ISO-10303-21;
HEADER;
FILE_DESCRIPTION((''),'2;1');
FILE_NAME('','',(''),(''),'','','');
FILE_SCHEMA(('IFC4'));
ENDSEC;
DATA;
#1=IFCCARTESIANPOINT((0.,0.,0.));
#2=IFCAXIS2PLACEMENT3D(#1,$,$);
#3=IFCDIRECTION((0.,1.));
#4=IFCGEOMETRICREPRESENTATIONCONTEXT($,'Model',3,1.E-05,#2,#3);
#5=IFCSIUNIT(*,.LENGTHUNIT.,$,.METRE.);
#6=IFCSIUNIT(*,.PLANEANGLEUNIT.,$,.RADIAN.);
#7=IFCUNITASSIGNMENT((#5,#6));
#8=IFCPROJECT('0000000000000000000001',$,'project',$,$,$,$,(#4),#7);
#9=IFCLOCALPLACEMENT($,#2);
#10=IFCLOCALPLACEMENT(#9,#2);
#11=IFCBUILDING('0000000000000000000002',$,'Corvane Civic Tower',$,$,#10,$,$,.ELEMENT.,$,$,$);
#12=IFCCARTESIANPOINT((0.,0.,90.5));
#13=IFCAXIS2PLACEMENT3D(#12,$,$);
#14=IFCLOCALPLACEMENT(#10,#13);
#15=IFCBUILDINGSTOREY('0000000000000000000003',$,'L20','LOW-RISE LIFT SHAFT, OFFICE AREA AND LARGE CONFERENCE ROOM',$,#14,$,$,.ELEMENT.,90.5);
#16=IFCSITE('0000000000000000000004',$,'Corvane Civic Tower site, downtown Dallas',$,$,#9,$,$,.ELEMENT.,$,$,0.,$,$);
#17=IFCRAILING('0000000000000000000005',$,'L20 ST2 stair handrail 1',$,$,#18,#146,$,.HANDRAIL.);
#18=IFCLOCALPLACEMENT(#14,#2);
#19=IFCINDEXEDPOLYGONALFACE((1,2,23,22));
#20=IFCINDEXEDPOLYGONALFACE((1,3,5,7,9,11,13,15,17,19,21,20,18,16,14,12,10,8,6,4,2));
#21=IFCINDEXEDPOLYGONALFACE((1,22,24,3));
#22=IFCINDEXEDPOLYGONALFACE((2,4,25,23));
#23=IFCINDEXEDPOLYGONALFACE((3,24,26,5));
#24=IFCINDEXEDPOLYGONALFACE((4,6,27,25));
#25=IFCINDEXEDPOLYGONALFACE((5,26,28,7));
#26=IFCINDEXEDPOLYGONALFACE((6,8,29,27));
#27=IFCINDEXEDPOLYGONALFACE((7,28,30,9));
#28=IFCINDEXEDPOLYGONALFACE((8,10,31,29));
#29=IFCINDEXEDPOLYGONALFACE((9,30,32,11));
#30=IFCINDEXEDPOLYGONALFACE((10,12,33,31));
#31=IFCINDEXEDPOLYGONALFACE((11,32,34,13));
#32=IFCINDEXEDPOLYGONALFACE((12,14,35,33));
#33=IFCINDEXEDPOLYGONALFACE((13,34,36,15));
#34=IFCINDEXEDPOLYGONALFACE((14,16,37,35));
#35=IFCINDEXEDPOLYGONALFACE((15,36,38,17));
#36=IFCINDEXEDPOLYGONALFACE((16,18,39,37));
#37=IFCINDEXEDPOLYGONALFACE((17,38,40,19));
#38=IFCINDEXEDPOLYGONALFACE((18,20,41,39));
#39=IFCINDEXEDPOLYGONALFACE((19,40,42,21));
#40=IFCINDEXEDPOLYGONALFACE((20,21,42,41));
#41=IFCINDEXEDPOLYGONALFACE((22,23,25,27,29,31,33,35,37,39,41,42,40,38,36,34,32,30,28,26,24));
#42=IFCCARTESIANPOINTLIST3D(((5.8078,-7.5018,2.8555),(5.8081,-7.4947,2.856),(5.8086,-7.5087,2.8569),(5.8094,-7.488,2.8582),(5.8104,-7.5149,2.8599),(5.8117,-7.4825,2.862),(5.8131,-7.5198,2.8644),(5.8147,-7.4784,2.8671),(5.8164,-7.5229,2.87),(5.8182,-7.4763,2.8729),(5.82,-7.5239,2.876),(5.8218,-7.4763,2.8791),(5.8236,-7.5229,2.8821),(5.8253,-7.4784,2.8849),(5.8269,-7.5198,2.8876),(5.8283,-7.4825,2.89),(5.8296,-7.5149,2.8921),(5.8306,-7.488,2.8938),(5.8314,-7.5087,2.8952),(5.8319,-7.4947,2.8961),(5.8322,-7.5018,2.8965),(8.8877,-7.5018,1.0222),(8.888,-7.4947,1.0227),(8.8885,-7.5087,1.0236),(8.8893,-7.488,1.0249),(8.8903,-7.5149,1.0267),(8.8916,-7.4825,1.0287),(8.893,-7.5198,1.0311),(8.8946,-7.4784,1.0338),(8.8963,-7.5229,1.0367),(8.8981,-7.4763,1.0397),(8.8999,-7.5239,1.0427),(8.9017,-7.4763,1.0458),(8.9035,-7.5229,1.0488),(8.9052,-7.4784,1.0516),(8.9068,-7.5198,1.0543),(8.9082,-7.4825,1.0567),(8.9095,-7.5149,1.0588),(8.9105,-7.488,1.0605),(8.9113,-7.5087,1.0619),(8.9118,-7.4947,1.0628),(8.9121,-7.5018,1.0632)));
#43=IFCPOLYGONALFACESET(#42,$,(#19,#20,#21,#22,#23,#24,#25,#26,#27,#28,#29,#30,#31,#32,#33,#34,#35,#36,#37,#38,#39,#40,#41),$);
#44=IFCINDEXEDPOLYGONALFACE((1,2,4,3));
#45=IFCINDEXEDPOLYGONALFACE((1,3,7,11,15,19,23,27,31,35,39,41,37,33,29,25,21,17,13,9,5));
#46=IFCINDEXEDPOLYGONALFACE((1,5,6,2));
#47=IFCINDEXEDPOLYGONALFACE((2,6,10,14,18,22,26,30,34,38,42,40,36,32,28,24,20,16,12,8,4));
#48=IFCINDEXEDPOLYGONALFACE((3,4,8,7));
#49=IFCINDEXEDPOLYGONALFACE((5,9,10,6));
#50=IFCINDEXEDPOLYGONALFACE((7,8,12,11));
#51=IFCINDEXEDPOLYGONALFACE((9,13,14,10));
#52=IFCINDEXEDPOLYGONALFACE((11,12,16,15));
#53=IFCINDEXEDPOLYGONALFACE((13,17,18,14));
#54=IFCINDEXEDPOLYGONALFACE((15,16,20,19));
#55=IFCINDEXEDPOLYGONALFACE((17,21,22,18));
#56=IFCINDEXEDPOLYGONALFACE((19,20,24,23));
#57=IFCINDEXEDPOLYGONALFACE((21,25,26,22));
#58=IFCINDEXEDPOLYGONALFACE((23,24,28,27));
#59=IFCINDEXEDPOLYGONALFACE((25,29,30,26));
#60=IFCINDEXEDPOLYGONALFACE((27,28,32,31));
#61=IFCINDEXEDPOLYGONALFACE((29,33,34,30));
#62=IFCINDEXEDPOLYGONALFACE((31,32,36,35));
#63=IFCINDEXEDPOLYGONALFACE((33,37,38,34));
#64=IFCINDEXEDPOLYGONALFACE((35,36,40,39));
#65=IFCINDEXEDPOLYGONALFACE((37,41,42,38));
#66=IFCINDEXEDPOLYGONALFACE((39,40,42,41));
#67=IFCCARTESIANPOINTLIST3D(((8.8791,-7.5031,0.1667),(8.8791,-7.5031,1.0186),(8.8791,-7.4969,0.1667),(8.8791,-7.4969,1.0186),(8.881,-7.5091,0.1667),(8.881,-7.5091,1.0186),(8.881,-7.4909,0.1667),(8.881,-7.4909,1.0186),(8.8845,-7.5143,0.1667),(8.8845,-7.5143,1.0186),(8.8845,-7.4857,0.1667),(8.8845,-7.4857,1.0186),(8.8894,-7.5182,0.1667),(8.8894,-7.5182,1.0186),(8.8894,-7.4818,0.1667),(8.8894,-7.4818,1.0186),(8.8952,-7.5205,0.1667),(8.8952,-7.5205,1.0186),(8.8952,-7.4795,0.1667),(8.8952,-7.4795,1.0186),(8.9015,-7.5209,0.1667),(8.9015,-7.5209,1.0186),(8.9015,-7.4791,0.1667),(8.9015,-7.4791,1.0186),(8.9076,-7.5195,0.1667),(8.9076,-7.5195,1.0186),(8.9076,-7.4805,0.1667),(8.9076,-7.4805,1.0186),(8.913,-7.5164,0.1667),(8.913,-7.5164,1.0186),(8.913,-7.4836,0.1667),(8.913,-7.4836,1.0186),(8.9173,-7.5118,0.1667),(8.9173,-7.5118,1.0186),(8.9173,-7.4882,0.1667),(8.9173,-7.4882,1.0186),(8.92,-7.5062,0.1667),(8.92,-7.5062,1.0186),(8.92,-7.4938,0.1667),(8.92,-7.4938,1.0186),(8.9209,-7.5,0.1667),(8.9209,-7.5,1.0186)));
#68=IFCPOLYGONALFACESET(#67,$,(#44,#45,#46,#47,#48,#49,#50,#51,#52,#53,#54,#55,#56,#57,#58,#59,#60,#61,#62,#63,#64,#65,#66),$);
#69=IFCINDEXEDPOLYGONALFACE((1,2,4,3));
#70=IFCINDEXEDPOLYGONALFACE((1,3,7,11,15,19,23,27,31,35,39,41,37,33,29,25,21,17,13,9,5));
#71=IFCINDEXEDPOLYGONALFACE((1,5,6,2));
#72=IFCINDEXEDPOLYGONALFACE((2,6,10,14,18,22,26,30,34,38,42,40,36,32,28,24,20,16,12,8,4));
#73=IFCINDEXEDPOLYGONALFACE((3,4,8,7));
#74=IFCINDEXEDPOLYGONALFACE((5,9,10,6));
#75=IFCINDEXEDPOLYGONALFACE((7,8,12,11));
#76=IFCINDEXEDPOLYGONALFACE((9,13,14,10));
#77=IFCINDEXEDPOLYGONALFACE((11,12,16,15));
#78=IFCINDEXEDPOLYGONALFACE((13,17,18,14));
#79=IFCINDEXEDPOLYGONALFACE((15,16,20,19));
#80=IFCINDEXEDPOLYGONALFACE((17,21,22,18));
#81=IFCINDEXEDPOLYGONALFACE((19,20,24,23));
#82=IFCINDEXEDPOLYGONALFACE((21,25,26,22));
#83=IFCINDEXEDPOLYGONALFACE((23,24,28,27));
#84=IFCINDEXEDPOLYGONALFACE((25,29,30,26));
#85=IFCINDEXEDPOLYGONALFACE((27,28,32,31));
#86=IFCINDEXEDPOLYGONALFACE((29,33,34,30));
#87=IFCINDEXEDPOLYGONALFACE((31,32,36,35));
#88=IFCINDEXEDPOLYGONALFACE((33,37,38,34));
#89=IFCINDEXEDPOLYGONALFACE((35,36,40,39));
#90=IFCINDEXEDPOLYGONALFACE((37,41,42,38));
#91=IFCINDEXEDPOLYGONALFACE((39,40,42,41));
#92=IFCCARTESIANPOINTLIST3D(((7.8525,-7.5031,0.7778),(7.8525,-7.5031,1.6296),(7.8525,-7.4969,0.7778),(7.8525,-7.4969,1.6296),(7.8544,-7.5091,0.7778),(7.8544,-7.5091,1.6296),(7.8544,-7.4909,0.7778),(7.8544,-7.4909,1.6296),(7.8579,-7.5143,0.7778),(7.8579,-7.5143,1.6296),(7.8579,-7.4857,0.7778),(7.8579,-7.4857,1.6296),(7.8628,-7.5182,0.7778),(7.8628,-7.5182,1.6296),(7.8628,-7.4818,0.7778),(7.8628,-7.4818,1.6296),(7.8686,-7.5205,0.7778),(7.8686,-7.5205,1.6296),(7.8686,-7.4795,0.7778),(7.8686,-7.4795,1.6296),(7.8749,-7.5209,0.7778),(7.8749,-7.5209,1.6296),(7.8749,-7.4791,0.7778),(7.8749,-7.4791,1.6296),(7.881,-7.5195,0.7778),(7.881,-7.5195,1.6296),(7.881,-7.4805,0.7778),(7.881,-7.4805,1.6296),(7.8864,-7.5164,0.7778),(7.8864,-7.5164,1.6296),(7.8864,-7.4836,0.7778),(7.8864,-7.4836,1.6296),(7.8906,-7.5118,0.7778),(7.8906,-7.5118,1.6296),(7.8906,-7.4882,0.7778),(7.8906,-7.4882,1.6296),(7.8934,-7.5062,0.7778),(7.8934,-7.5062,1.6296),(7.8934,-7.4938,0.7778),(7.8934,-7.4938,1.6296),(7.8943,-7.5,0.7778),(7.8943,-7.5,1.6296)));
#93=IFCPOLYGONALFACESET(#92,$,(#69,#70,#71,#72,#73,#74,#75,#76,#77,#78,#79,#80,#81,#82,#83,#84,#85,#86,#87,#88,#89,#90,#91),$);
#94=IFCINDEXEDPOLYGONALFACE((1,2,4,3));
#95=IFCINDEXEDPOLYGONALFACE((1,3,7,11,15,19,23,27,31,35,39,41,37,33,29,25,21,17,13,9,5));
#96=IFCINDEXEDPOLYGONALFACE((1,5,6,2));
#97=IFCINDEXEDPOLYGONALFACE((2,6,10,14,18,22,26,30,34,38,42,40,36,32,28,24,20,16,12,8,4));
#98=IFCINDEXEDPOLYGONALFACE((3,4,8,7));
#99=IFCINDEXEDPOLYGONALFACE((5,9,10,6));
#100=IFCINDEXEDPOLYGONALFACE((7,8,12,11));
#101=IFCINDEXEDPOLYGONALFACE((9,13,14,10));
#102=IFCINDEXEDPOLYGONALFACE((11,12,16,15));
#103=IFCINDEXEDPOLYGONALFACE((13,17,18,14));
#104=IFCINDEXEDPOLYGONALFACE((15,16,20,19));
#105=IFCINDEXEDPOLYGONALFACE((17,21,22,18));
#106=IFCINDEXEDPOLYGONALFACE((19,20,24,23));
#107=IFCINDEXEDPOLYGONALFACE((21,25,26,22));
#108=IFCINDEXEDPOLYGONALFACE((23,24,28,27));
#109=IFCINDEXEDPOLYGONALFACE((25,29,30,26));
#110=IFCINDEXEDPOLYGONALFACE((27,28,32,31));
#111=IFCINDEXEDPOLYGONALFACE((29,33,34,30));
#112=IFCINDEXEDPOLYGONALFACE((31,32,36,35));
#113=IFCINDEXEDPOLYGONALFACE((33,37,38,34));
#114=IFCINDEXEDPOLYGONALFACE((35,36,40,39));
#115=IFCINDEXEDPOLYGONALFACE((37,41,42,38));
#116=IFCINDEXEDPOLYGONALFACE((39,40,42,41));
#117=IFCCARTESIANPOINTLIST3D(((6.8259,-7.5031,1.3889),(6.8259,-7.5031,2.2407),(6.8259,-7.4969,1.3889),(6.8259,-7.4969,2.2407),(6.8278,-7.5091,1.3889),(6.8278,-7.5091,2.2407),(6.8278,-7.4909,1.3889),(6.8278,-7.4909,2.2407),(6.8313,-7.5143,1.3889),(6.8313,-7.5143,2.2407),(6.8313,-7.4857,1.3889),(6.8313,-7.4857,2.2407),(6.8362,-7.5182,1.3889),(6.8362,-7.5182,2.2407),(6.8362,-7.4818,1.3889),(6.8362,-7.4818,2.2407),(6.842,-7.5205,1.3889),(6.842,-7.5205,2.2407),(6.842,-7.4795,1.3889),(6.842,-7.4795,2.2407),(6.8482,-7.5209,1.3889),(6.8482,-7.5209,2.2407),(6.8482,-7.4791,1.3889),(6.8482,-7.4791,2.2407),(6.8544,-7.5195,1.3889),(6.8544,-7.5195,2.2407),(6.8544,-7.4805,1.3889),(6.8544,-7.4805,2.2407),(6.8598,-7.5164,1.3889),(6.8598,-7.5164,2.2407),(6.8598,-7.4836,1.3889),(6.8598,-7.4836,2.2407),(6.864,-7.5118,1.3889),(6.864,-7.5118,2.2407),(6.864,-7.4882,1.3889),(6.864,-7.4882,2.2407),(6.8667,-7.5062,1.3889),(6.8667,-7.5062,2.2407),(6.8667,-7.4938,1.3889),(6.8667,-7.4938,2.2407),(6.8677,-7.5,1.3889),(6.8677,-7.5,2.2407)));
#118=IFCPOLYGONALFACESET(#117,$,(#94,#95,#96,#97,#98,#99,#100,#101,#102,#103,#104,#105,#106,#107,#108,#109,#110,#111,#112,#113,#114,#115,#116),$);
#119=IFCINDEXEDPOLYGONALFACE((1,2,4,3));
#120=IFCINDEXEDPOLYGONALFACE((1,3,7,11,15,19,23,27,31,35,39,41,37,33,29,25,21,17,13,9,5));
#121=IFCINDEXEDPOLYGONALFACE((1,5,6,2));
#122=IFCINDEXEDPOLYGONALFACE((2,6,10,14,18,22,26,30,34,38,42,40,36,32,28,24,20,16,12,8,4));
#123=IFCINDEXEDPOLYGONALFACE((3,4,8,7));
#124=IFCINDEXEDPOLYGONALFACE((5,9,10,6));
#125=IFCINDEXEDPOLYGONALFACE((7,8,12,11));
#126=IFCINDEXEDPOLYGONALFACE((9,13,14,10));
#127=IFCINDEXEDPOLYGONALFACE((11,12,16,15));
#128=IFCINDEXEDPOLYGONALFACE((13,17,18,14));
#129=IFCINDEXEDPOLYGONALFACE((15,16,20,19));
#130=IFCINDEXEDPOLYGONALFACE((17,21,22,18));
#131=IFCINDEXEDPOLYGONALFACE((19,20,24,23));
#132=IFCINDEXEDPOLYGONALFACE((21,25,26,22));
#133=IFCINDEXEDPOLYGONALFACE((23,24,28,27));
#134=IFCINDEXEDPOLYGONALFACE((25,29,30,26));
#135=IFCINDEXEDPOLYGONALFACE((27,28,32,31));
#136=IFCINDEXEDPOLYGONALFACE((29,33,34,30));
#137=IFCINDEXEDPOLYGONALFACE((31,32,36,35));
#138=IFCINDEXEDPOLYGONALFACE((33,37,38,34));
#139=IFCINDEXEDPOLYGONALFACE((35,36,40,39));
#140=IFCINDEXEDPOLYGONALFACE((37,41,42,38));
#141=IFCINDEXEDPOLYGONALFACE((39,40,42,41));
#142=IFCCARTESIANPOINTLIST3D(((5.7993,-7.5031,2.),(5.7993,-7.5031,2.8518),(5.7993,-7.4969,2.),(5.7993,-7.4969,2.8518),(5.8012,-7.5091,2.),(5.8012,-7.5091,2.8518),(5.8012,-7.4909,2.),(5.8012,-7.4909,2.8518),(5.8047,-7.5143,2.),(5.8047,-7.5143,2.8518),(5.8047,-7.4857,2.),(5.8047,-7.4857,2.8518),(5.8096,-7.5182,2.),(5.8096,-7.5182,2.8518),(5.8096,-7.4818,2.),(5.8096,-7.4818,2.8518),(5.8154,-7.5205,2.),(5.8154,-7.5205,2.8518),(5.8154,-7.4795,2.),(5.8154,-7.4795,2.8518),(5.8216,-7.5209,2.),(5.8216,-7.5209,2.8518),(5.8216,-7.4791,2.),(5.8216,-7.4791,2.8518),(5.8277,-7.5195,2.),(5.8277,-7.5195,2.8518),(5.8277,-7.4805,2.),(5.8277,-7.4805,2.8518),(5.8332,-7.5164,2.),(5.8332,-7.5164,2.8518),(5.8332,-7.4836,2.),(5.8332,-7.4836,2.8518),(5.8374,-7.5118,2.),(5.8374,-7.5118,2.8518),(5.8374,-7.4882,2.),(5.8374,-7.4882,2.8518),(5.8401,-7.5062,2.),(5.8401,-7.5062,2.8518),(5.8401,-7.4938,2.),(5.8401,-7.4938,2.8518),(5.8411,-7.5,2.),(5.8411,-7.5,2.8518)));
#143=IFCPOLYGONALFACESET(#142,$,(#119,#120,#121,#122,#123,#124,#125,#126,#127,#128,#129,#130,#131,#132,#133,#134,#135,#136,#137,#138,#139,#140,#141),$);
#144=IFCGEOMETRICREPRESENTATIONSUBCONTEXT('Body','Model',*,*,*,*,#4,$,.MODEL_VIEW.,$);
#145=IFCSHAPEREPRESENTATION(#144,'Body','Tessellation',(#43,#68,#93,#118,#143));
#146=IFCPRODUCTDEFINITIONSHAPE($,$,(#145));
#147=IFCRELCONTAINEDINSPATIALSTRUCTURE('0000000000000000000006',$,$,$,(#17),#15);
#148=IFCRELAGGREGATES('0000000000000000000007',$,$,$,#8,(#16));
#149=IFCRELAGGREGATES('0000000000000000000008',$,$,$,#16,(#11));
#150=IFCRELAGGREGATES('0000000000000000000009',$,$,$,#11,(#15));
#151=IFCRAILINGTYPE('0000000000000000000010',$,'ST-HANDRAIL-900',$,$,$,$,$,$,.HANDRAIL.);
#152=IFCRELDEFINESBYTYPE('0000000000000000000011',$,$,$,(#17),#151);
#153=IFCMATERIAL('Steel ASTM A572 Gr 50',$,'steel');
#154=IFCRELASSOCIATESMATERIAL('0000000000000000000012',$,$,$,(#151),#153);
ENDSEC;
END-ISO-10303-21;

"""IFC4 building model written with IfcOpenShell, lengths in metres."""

from ifc_helpers import new_model, si_unit, direction, frame, origin, origin_2d, place, context, subcontext, project, spatial, circle, extrude, material, type_object, element, save


model = new_model("IFC4")

# Units and contexts
model_context = context("Model", 3, precision=1e-05, world=origin(), true_north=direction((0.0, 1.0)))
body_context = subcontext(model_context, "Body", "Model", "MODEL_VIEW")
ifc_project = project(units=[si_unit("LENGTHUNIT", "METRE"), si_unit("PLANEANGLEUNIT", "RADIAN")], contexts=[model_context])

# Site, building, storey
site_placement = place(None, origin())
site = spatial("IfcSite", under=ifc_project, at=site_placement, Name="Corvane Civic Tower site, downtown Dallas", CompositionType="ELEMENT", RefElevation=0.0)
building_placement = place(site_placement, origin())
building = spatial("IfcBuilding", under=site, at=building_placement, Name="Corvane Civic Tower", CompositionType="ELEMENT")
storey_placement = place(building_placement, frame((0.0, 0.0, 90.5)))
storey = spatial("IfcBuildingStorey", under=building, at=storey_placement, Name="L20", Description="LOW-RISE LIFT SHAFT, OFFICE AREA AND LARGE CONFERENCE ROOM", CompositionType="ELEMENT", Elevation=90.5)

# Railing
ifc_material_1 = material(Name="Steel ASTM A572 Gr 50", Category="steel")
railing_type_1 = type_object("IfcRailingType", Name="ST-HANDRAIL-900", PredefinedType="HANDRAIL", material=ifc_material_1)
railing_1_placement = place(storey_placement, frame((8.8999, -7.5, 0.1667)))
element("IfcRailing", 1, at=railing_1_placement, inside=storey, type_object=railing_type_1, Name="L20 ST2 stair handrail 1", PredefinedType="HANDRAIL", context=body_context, shape_type="SweptSolid", body=[
    extrude(circle(Radius=0.0239, at=origin_2d()), frame((0.0, 0.0, 0.876), z_axis=(-0.859291, 0.0, 0.511487), x_axis=(0.0, -1.0, 0.0)), (0.0, 0.0, 1.0), 3.5842),
    extrude(circle(Radius=0.021, at=origin_2d()), origin(), (0.0, 0.0, 1.0), 0.8518),
    extrude(circle(Radius=0.021, at=origin_2d()), frame((-1.0266, 0.0, 0.6111)), (0.0, 0.0, 1.0), 0.8518),
    extrude(circle(Radius=0.021, at=origin_2d()), frame((-2.0532, 0.0, 1.2222)), (0.0, 0.0, 1.0), 0.8518),
    extrude(circle(Radius=0.021, at=origin_2d()), frame((-3.0798, 0.0, 1.8333)), (0.0, 0.0, 1.0), 0.8518),
])

save(model, "model.ifc")
